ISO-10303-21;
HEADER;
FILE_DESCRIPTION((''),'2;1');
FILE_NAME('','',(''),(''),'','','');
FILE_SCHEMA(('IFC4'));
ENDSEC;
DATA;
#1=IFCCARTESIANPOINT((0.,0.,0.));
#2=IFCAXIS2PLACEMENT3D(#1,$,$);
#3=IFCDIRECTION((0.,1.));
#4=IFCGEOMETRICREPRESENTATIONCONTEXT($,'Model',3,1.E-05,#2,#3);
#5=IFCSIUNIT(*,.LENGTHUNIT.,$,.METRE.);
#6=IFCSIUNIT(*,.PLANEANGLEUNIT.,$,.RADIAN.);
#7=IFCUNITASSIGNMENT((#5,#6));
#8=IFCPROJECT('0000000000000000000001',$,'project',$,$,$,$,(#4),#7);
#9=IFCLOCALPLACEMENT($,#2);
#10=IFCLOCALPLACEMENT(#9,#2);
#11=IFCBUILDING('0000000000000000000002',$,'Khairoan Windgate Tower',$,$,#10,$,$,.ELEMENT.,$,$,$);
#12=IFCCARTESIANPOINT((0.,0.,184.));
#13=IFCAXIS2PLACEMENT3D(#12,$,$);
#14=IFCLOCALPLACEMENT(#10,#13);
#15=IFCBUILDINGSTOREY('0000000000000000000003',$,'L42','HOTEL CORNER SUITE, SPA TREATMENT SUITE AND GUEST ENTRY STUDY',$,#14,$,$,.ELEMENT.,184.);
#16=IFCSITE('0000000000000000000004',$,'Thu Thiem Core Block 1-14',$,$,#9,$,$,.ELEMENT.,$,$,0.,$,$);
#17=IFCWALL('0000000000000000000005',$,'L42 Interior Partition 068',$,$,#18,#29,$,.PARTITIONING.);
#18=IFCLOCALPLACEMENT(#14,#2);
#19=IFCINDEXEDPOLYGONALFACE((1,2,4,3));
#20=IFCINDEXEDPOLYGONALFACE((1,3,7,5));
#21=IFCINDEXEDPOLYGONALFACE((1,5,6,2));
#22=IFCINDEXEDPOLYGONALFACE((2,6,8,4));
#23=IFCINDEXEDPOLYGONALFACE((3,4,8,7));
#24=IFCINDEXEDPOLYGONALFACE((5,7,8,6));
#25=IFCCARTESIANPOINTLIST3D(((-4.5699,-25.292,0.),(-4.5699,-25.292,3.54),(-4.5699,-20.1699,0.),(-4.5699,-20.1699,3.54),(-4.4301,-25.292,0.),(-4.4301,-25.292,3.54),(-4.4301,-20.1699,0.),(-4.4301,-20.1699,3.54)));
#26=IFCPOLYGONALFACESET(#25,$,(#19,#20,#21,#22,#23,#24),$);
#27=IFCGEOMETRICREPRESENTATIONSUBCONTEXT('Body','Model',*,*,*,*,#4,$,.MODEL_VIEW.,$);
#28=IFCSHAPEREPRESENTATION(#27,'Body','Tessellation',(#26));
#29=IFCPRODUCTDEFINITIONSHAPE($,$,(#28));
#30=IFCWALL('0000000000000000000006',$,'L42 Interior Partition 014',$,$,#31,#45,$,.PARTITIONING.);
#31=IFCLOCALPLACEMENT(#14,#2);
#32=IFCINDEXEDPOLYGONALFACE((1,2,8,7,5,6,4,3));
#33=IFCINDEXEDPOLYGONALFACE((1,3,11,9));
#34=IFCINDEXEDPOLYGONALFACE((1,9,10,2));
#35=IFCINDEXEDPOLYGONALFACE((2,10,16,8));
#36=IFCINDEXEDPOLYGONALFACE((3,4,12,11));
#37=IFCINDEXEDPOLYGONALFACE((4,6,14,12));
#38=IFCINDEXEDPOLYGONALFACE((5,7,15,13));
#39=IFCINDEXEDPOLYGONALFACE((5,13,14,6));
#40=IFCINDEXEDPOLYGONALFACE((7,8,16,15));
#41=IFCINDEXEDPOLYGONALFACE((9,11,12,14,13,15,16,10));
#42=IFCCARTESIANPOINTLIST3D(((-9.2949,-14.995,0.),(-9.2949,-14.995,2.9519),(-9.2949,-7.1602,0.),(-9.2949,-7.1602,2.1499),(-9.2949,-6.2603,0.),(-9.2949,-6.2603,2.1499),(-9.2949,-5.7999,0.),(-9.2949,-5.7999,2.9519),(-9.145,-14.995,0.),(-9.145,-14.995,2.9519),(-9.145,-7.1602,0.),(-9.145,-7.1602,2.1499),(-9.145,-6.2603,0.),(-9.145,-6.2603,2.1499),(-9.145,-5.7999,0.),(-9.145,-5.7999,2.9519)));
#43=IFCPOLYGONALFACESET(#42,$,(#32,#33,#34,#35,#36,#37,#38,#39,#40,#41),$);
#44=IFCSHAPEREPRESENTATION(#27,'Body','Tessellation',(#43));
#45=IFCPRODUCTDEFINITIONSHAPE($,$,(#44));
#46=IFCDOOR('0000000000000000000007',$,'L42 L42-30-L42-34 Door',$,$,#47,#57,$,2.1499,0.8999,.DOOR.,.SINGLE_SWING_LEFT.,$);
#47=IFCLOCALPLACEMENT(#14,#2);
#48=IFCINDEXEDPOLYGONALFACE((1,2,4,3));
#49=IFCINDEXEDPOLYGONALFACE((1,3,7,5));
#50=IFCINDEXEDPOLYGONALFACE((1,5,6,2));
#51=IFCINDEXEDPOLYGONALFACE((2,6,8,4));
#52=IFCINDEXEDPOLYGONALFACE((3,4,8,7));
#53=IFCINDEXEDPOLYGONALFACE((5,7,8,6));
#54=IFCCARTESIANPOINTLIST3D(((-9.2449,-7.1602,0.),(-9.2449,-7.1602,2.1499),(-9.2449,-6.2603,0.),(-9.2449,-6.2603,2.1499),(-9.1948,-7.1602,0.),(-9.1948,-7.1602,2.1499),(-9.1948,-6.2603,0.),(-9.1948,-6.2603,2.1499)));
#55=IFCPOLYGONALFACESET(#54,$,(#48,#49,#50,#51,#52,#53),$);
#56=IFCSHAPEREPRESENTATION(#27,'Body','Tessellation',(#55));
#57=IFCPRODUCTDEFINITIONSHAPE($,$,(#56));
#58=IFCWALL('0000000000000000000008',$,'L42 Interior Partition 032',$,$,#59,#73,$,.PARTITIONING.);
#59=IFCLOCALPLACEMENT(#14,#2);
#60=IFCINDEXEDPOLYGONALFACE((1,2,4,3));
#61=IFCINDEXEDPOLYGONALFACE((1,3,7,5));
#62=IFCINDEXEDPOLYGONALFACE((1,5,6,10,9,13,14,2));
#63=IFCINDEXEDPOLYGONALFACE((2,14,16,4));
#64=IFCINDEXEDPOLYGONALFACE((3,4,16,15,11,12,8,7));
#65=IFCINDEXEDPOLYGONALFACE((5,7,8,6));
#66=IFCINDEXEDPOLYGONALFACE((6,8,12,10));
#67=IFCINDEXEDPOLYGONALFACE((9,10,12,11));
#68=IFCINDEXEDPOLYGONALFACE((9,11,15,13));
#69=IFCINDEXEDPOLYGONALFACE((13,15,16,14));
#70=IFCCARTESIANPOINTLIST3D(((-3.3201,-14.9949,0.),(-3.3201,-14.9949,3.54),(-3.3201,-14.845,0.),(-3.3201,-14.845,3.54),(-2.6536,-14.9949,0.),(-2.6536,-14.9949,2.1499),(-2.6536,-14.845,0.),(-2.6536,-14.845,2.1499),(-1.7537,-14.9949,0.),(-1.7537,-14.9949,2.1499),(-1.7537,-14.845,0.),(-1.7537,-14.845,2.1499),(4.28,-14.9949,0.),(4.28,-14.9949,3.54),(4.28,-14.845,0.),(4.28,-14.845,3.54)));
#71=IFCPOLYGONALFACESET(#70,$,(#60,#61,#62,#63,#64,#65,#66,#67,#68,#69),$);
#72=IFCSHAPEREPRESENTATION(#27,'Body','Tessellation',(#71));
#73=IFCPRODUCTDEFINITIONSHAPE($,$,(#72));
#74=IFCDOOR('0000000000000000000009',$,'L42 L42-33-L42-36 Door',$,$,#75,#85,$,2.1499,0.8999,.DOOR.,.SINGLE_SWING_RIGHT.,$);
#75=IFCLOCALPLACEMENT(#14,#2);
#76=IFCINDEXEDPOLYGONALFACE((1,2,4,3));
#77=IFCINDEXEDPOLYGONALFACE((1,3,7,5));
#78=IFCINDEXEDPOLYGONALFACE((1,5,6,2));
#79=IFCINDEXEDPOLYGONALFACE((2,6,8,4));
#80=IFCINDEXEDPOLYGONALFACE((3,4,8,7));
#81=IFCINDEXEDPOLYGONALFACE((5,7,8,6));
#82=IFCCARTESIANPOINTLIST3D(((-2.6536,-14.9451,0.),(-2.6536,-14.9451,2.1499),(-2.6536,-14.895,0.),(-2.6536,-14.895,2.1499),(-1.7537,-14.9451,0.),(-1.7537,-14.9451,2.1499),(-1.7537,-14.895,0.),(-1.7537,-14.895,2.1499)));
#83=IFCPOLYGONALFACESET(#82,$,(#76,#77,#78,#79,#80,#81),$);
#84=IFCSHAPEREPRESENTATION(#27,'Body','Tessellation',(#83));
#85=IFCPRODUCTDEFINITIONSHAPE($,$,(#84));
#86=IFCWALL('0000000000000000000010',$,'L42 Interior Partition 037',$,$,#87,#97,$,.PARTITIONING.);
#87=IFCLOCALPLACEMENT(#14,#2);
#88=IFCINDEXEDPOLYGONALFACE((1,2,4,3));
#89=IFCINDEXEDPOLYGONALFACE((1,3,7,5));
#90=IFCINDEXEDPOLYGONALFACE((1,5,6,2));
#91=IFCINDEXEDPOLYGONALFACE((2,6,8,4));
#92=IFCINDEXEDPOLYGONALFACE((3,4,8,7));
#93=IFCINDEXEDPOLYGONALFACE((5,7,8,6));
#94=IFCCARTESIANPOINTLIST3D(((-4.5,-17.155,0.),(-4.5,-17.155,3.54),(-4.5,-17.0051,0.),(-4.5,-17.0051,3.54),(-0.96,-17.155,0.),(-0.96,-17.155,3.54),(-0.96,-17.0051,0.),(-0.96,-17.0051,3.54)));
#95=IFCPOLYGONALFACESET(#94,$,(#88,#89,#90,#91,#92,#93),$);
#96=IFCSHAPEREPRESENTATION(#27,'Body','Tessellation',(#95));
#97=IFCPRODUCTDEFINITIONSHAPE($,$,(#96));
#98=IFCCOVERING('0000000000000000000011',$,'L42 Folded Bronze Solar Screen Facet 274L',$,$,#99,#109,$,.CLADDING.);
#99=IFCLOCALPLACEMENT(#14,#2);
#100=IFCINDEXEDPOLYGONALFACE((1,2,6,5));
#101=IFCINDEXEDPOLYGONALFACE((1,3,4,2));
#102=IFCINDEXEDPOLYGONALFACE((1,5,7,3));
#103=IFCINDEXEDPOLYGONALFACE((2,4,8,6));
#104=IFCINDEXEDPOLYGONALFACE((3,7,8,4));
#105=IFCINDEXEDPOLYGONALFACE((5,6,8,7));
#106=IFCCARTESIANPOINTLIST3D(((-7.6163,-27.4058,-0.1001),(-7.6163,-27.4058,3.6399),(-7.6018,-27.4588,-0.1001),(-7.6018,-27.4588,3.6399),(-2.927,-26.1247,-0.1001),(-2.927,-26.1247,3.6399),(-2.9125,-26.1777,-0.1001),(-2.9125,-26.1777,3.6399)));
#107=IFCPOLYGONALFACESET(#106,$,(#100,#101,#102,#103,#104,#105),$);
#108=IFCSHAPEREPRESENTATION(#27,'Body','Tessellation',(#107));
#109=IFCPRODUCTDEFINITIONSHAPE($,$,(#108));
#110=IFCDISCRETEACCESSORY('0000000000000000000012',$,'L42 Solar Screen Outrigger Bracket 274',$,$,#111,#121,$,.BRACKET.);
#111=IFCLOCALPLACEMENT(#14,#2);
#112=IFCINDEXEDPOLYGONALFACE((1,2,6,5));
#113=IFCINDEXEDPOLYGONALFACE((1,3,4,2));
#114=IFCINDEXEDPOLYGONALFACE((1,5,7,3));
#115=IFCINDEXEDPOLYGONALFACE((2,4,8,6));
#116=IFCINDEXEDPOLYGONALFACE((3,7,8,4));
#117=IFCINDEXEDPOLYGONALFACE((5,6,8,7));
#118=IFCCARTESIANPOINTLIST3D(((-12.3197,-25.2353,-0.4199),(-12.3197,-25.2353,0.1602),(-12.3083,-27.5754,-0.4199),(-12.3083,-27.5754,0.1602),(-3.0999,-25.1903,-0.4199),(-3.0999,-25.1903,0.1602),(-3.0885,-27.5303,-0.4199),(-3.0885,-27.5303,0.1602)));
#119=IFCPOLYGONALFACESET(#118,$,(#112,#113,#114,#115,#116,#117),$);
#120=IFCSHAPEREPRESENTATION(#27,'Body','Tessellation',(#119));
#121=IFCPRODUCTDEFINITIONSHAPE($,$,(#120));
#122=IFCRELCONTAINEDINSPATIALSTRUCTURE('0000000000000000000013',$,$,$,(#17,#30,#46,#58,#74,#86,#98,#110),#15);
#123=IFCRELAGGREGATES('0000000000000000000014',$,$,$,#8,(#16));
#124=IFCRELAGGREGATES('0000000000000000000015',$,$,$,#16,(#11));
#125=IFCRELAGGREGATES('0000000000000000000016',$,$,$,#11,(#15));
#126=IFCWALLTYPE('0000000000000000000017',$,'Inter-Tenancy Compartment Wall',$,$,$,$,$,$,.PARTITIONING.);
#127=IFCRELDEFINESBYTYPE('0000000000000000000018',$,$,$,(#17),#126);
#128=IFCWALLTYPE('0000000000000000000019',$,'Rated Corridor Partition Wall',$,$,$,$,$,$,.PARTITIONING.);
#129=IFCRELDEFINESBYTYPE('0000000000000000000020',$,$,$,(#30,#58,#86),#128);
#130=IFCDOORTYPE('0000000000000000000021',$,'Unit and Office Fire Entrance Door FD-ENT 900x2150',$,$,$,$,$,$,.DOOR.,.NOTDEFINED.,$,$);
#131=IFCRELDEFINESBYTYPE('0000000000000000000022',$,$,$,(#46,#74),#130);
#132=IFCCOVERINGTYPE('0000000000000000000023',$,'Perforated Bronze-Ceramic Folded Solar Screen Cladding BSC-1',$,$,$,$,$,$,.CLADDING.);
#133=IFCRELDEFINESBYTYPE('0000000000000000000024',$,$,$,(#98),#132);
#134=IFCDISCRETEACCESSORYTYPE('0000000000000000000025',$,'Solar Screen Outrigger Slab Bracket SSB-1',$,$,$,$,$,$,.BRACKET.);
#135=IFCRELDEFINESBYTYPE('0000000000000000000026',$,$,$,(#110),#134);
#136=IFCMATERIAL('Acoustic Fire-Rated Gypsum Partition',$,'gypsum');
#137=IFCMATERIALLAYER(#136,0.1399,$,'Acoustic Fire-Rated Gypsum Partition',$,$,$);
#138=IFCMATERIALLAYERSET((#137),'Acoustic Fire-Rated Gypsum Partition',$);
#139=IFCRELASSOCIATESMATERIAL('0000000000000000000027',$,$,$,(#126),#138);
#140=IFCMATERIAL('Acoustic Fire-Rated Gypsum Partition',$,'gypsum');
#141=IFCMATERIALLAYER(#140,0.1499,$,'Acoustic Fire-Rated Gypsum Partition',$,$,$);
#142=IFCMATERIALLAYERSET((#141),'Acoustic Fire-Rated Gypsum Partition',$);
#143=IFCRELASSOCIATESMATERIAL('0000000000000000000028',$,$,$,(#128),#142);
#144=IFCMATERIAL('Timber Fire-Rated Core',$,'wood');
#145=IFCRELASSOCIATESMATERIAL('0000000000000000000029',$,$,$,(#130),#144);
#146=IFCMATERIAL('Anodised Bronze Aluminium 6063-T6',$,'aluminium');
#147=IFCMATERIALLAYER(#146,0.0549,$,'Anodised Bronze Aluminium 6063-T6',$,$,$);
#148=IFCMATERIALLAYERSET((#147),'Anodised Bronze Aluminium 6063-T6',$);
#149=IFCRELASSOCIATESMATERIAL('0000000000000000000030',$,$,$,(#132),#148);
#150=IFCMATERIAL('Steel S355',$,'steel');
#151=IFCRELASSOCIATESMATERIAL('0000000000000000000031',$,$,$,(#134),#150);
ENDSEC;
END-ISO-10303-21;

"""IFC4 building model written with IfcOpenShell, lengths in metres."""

from ifc_helpers import new_model, si_unit, direction, frame, frame_2d, origin, origin_2d, place, context, subcontext, project, spatial, rectangle, extrude, material, layer, layer_set, type_object, element, fill, save


model = new_model("IFC4")

# Units and contexts
model_context = context("Model", 3, precision=1e-05, world=origin(), true_north=direction((0.0, 1.0)))
body_context = subcontext(model_context, "Body", "Model", "MODEL_VIEW")
ifc_project = project(units=[si_unit("LENGTHUNIT", "METRE"), si_unit("PLANEANGLEUNIT", "RADIAN")], contexts=[model_context])

# Site, building, storey
site_placement = place(None, origin())
site = spatial("IfcSite", under=ifc_project, at=site_placement, Name="Thu Thiem Core Block 1-14", CompositionType="ELEMENT", RefElevation=0.0)
building_placement = place(site_placement, origin())
building = spatial("IfcBuilding", under=site, at=building_placement, Name="Khairoan Windgate Tower", CompositionType="ELEMENT")
storey_placement = place(building_placement, frame((0.0, 0.0, 184.0)))
storey = spatial("IfcBuildingStorey", under=building, at=storey_placement, Name="L42", Description="HOTEL CORNER SUITE, SPA TREATMENT SUITE AND GUEST ENTRY STUDY", CompositionType="ELEMENT", Elevation=184.0)

# Wall
ifc_material_1 = material(Name="Acoustic Fire-Rated Gypsum Partition", Category="gypsum")
ifc_layer_1 = layer(ifc_material_1, 0.1399, Name="Acoustic Fire-Rated Gypsum Partition")
ifc_layer_set_1 = layer_set([ifc_layer_1], Name="Acoustic Fire-Rated Gypsum Partition")
wall_type_1 = type_object("IfcWallType", Name="Inter-Tenancy Compartment Wall", PredefinedType="PARTITIONING", material=ifc_layer_set_1)
wall_1_placement = place(storey_placement, frame((-4.5, -25.292, 0.0), z_axis=(0.0, 0.0, 1.0), x_axis=(0.0, 1.0, 0.0)))
element("IfcWall", 1, at=wall_1_placement, inside=storey, type_object=wall_type_1, Name="L42 Interior Partition 068", PredefinedType="PARTITIONING", context=body_context, shape_type="SweptSolid", body=[
    extrude(rectangle(XDim=5.1221, YDim=0.1399, at=frame_2d((2.561, 0.0))), origin(), (0.0, 0.0, 1.0), 3.54),
])

# Walls, openings, doors
ifc_material_2 = material(Name="Acoustic Fire-Rated Gypsum Partition", Category="gypsum")
ifc_layer_2 = layer(ifc_material_2, 0.1499, Name="Acoustic Fire-Rated Gypsum Partition")
ifc_layer_set_2 = layer_set([ifc_layer_2], Name="Acoustic Fire-Rated Gypsum Partition")
wall_type_2 = type_object("IfcWallType", Name="Rated Corridor Partition Wall", PredefinedType="PARTITIONING", material=ifc_layer_set_2)
wall_2_placement = place(storey_placement, frame((-9.22, -14.9951, 0.0), z_axis=(0.0, 0.0, 1.0), x_axis=(0.0, 1.0, 0.0)))
wall_2 = element("IfcWall", 2, at=wall_2_placement, inside=storey, type_object=wall_type_2, Name="L42 Interior Partition 014", PredefinedType="PARTITIONING", context=body_context, shape_type="SweptSolid", body=[
    extrude(rectangle(XDim=9.1951, YDim=0.1499, at=frame_2d((4.5977, 0.0))), origin(), (0.0, 0.0, 1.0), 2.9519),
])
opening_1_placement = place(wall_2_placement, frame((7.835, 0.0, 0.0)))
opening_1 = element("IfcOpeningElement", 3, at=opening_1_placement, cuts=wall_2, PredefinedType="OPENING", context=body_context, shape_type="SweptSolid", body=[
    extrude(rectangle(XDim=0.8999, YDim=2.1499, at=frame_2d((0.45, 1.075))), frame((0.0, 0.085, 0.0), z_axis=(0.0, -1.0, 0.0), x_axis=(1.0, 0.0, 0.0)), (0.0, 0.0, 1.0), 0.1699),
])
ifc_material_3 = material(Name="Timber Fire-Rated Core", Category="wood")
door_type_1 = type_object("IfcDoorType", Name="Unit and Office Fire Entrance Door FD-ENT 900x2150", OperationType="NOTDEFINED", PredefinedType="DOOR", material=ifc_material_3)
door_1_placement = place(opening_1_placement, origin())
door_1 = element("IfcDoor", 4, at=door_1_placement, inside=storey, type_object=door_type_1, Name="L42 L42-30-L42-34 Door", OperationType="SINGLE_SWING_LEFT", OverallHeight=2.1499, OverallWidth=0.8999, PredefinedType="DOOR", context=body_context, shape_type="SweptSolid", body=[
    extrude(rectangle(XDim=0.8999, YDim=2.1499, at=frame_2d((0.45, 1.075))), frame((0.0, 0.0249, 0.0), z_axis=(0.0, -1.0, 0.0), x_axis=(1.0, 0.0, 0.0)), (0.0, 0.0, 1.0), 0.05),
])
fill(opening_1, door_1)
wall_3_placement = place(storey_placement, frame((-3.3201, -14.9199, 0.0), z_axis=(0.0, 0.0, 1.0), x_axis=(1.0, 0.0, 0.0)))
wall_3 = element("IfcWall", 5, at=wall_3_placement, inside=storey, type_object=wall_type_2, Name="L42 Interior Partition 032", PredefinedType="PARTITIONING", context=body_context, shape_type="SweptSolid", body=[
    extrude(rectangle(XDim=7.6001, YDim=0.1499, at=frame_2d((3.8, 0.0))), origin(), (0.0, 0.0, 1.0), 3.54),
])
opening_2_placement = place(wall_3_placement, frame((0.6665, 0.0, 0.0)))
opening_2 = element("IfcOpeningElement", 6, at=opening_2_placement, cuts=wall_3, PredefinedType="OPENING", context=body_context, shape_type="SweptSolid", body=[
    extrude(rectangle(XDim=0.8999, YDim=2.1499, at=frame_2d((0.45, 1.075))), frame((0.0, 0.085, 0.0), z_axis=(0.0, -1.0, 0.0), x_axis=(1.0, 0.0, 0.0)), (0.0, 0.0, 1.0), 0.1699),
])
door_2_placement = place(opening_2_placement, origin())
door_2 = element("IfcDoor", 7, at=door_2_placement, inside=storey, type_object=door_type_1, Name="L42 L42-33-L42-36 Door", OperationType="SINGLE_SWING_RIGHT", OverallHeight=2.1499, OverallWidth=0.8999, PredefinedType="DOOR", context=body_context, shape_type="SweptSolid", body=[
    extrude(rectangle(XDim=0.8999, YDim=2.1499, at=frame_2d((0.45, 1.075))), frame((0.0, 0.0249, 0.0), z_axis=(0.0, -1.0, 0.0), x_axis=(1.0, 0.0, 0.0)), (0.0, 0.0, 1.0), 0.05),
])
fill(opening_2, door_2)

# Wall
wall_4_placement = place(storey_placement, frame((-4.5, -17.0801, 0.0), z_axis=(0.0, 0.0, 1.0), x_axis=(1.0, 0.0, 0.0)))
element("IfcWall", 8, at=wall_4_placement, inside=storey, type_object=wall_type_2, Name="L42 Interior Partition 037", PredefinedType="PARTITIONING", context=body_context, shape_type="SweptSolid", body=[
    extrude(rectangle(XDim=3.54, YDim=0.1499, at=frame_2d((1.77, 0.0))), origin(), (0.0, 0.0, 1.0), 3.54),
])

# Covering
ifc_material_4 = material(Name="Anodised Bronze Aluminium 6063-T6", Category="aluminium")
ifc_layer_3 = layer(ifc_material_4, 0.0549, Name="Anodised Bronze Aluminium 6063-T6")
ifc_layer_set_3 = layer_set([ifc_layer_3], Name="Anodised Bronze Aluminium 6063-T6")
covering_type = type_object("IfcCoveringType", Name="Perforated Bronze-Ceramic Folded Solar Screen Cladding BSC-1", PredefinedType="CLADDING", material=ifc_layer_set_3)
covering_placement = place(storey_placement, frame((-5.2644, -26.7917, -0.1001), z_axis=(0.0, 0.0, 1.0), x_axis=(-0.964649, -0.263536, 0.0)))
element("IfcCovering", 9, at=covering_placement, inside=storey, type_object=covering_type, Name="L42 Folded Bronze Solar Screen Facet 274L", PredefinedType="CLADDING", context=body_context, shape_type="SweptSolid", body=[
    extrude(rectangle(XDim=4.8611, YDim=0.0549, at=origin_2d()), origin(), (0.0, 0.0, 1.0), 3.74),
])

# Discrete accessory
ifc_material_5 = material(Name="Steel S355", Category="steel")
discrete_accessory_type = type_object("IfcDiscreteAccessoryType", Name="Solar Screen Outrigger Slab Bracket SSB-1", PredefinedType="BRACKET", material=ifc_material_5)
discrete_accessory_placement = place(storey_placement, frame((-7.7041, -26.3828, -0.4199), z_axis=(0.0, 0.0, 1.0), x_axis=(-0.999988, -0.004887, 0.0)))
element("IfcDiscreteAccessory", 10, at=discrete_accessory_placement, inside=storey, type_object=discrete_accessory_type, Name="L42 Solar Screen Outrigger Bracket 274", PredefinedType="BRACKET", context=body_context, shape_type="SweptSolid", body=[
    extrude(rectangle(XDim=9.22, YDim=2.3401, at=origin_2d()), origin(), (0.0, 0.0, 1.0), 0.5801),
])

save(model, "model.ifc")
